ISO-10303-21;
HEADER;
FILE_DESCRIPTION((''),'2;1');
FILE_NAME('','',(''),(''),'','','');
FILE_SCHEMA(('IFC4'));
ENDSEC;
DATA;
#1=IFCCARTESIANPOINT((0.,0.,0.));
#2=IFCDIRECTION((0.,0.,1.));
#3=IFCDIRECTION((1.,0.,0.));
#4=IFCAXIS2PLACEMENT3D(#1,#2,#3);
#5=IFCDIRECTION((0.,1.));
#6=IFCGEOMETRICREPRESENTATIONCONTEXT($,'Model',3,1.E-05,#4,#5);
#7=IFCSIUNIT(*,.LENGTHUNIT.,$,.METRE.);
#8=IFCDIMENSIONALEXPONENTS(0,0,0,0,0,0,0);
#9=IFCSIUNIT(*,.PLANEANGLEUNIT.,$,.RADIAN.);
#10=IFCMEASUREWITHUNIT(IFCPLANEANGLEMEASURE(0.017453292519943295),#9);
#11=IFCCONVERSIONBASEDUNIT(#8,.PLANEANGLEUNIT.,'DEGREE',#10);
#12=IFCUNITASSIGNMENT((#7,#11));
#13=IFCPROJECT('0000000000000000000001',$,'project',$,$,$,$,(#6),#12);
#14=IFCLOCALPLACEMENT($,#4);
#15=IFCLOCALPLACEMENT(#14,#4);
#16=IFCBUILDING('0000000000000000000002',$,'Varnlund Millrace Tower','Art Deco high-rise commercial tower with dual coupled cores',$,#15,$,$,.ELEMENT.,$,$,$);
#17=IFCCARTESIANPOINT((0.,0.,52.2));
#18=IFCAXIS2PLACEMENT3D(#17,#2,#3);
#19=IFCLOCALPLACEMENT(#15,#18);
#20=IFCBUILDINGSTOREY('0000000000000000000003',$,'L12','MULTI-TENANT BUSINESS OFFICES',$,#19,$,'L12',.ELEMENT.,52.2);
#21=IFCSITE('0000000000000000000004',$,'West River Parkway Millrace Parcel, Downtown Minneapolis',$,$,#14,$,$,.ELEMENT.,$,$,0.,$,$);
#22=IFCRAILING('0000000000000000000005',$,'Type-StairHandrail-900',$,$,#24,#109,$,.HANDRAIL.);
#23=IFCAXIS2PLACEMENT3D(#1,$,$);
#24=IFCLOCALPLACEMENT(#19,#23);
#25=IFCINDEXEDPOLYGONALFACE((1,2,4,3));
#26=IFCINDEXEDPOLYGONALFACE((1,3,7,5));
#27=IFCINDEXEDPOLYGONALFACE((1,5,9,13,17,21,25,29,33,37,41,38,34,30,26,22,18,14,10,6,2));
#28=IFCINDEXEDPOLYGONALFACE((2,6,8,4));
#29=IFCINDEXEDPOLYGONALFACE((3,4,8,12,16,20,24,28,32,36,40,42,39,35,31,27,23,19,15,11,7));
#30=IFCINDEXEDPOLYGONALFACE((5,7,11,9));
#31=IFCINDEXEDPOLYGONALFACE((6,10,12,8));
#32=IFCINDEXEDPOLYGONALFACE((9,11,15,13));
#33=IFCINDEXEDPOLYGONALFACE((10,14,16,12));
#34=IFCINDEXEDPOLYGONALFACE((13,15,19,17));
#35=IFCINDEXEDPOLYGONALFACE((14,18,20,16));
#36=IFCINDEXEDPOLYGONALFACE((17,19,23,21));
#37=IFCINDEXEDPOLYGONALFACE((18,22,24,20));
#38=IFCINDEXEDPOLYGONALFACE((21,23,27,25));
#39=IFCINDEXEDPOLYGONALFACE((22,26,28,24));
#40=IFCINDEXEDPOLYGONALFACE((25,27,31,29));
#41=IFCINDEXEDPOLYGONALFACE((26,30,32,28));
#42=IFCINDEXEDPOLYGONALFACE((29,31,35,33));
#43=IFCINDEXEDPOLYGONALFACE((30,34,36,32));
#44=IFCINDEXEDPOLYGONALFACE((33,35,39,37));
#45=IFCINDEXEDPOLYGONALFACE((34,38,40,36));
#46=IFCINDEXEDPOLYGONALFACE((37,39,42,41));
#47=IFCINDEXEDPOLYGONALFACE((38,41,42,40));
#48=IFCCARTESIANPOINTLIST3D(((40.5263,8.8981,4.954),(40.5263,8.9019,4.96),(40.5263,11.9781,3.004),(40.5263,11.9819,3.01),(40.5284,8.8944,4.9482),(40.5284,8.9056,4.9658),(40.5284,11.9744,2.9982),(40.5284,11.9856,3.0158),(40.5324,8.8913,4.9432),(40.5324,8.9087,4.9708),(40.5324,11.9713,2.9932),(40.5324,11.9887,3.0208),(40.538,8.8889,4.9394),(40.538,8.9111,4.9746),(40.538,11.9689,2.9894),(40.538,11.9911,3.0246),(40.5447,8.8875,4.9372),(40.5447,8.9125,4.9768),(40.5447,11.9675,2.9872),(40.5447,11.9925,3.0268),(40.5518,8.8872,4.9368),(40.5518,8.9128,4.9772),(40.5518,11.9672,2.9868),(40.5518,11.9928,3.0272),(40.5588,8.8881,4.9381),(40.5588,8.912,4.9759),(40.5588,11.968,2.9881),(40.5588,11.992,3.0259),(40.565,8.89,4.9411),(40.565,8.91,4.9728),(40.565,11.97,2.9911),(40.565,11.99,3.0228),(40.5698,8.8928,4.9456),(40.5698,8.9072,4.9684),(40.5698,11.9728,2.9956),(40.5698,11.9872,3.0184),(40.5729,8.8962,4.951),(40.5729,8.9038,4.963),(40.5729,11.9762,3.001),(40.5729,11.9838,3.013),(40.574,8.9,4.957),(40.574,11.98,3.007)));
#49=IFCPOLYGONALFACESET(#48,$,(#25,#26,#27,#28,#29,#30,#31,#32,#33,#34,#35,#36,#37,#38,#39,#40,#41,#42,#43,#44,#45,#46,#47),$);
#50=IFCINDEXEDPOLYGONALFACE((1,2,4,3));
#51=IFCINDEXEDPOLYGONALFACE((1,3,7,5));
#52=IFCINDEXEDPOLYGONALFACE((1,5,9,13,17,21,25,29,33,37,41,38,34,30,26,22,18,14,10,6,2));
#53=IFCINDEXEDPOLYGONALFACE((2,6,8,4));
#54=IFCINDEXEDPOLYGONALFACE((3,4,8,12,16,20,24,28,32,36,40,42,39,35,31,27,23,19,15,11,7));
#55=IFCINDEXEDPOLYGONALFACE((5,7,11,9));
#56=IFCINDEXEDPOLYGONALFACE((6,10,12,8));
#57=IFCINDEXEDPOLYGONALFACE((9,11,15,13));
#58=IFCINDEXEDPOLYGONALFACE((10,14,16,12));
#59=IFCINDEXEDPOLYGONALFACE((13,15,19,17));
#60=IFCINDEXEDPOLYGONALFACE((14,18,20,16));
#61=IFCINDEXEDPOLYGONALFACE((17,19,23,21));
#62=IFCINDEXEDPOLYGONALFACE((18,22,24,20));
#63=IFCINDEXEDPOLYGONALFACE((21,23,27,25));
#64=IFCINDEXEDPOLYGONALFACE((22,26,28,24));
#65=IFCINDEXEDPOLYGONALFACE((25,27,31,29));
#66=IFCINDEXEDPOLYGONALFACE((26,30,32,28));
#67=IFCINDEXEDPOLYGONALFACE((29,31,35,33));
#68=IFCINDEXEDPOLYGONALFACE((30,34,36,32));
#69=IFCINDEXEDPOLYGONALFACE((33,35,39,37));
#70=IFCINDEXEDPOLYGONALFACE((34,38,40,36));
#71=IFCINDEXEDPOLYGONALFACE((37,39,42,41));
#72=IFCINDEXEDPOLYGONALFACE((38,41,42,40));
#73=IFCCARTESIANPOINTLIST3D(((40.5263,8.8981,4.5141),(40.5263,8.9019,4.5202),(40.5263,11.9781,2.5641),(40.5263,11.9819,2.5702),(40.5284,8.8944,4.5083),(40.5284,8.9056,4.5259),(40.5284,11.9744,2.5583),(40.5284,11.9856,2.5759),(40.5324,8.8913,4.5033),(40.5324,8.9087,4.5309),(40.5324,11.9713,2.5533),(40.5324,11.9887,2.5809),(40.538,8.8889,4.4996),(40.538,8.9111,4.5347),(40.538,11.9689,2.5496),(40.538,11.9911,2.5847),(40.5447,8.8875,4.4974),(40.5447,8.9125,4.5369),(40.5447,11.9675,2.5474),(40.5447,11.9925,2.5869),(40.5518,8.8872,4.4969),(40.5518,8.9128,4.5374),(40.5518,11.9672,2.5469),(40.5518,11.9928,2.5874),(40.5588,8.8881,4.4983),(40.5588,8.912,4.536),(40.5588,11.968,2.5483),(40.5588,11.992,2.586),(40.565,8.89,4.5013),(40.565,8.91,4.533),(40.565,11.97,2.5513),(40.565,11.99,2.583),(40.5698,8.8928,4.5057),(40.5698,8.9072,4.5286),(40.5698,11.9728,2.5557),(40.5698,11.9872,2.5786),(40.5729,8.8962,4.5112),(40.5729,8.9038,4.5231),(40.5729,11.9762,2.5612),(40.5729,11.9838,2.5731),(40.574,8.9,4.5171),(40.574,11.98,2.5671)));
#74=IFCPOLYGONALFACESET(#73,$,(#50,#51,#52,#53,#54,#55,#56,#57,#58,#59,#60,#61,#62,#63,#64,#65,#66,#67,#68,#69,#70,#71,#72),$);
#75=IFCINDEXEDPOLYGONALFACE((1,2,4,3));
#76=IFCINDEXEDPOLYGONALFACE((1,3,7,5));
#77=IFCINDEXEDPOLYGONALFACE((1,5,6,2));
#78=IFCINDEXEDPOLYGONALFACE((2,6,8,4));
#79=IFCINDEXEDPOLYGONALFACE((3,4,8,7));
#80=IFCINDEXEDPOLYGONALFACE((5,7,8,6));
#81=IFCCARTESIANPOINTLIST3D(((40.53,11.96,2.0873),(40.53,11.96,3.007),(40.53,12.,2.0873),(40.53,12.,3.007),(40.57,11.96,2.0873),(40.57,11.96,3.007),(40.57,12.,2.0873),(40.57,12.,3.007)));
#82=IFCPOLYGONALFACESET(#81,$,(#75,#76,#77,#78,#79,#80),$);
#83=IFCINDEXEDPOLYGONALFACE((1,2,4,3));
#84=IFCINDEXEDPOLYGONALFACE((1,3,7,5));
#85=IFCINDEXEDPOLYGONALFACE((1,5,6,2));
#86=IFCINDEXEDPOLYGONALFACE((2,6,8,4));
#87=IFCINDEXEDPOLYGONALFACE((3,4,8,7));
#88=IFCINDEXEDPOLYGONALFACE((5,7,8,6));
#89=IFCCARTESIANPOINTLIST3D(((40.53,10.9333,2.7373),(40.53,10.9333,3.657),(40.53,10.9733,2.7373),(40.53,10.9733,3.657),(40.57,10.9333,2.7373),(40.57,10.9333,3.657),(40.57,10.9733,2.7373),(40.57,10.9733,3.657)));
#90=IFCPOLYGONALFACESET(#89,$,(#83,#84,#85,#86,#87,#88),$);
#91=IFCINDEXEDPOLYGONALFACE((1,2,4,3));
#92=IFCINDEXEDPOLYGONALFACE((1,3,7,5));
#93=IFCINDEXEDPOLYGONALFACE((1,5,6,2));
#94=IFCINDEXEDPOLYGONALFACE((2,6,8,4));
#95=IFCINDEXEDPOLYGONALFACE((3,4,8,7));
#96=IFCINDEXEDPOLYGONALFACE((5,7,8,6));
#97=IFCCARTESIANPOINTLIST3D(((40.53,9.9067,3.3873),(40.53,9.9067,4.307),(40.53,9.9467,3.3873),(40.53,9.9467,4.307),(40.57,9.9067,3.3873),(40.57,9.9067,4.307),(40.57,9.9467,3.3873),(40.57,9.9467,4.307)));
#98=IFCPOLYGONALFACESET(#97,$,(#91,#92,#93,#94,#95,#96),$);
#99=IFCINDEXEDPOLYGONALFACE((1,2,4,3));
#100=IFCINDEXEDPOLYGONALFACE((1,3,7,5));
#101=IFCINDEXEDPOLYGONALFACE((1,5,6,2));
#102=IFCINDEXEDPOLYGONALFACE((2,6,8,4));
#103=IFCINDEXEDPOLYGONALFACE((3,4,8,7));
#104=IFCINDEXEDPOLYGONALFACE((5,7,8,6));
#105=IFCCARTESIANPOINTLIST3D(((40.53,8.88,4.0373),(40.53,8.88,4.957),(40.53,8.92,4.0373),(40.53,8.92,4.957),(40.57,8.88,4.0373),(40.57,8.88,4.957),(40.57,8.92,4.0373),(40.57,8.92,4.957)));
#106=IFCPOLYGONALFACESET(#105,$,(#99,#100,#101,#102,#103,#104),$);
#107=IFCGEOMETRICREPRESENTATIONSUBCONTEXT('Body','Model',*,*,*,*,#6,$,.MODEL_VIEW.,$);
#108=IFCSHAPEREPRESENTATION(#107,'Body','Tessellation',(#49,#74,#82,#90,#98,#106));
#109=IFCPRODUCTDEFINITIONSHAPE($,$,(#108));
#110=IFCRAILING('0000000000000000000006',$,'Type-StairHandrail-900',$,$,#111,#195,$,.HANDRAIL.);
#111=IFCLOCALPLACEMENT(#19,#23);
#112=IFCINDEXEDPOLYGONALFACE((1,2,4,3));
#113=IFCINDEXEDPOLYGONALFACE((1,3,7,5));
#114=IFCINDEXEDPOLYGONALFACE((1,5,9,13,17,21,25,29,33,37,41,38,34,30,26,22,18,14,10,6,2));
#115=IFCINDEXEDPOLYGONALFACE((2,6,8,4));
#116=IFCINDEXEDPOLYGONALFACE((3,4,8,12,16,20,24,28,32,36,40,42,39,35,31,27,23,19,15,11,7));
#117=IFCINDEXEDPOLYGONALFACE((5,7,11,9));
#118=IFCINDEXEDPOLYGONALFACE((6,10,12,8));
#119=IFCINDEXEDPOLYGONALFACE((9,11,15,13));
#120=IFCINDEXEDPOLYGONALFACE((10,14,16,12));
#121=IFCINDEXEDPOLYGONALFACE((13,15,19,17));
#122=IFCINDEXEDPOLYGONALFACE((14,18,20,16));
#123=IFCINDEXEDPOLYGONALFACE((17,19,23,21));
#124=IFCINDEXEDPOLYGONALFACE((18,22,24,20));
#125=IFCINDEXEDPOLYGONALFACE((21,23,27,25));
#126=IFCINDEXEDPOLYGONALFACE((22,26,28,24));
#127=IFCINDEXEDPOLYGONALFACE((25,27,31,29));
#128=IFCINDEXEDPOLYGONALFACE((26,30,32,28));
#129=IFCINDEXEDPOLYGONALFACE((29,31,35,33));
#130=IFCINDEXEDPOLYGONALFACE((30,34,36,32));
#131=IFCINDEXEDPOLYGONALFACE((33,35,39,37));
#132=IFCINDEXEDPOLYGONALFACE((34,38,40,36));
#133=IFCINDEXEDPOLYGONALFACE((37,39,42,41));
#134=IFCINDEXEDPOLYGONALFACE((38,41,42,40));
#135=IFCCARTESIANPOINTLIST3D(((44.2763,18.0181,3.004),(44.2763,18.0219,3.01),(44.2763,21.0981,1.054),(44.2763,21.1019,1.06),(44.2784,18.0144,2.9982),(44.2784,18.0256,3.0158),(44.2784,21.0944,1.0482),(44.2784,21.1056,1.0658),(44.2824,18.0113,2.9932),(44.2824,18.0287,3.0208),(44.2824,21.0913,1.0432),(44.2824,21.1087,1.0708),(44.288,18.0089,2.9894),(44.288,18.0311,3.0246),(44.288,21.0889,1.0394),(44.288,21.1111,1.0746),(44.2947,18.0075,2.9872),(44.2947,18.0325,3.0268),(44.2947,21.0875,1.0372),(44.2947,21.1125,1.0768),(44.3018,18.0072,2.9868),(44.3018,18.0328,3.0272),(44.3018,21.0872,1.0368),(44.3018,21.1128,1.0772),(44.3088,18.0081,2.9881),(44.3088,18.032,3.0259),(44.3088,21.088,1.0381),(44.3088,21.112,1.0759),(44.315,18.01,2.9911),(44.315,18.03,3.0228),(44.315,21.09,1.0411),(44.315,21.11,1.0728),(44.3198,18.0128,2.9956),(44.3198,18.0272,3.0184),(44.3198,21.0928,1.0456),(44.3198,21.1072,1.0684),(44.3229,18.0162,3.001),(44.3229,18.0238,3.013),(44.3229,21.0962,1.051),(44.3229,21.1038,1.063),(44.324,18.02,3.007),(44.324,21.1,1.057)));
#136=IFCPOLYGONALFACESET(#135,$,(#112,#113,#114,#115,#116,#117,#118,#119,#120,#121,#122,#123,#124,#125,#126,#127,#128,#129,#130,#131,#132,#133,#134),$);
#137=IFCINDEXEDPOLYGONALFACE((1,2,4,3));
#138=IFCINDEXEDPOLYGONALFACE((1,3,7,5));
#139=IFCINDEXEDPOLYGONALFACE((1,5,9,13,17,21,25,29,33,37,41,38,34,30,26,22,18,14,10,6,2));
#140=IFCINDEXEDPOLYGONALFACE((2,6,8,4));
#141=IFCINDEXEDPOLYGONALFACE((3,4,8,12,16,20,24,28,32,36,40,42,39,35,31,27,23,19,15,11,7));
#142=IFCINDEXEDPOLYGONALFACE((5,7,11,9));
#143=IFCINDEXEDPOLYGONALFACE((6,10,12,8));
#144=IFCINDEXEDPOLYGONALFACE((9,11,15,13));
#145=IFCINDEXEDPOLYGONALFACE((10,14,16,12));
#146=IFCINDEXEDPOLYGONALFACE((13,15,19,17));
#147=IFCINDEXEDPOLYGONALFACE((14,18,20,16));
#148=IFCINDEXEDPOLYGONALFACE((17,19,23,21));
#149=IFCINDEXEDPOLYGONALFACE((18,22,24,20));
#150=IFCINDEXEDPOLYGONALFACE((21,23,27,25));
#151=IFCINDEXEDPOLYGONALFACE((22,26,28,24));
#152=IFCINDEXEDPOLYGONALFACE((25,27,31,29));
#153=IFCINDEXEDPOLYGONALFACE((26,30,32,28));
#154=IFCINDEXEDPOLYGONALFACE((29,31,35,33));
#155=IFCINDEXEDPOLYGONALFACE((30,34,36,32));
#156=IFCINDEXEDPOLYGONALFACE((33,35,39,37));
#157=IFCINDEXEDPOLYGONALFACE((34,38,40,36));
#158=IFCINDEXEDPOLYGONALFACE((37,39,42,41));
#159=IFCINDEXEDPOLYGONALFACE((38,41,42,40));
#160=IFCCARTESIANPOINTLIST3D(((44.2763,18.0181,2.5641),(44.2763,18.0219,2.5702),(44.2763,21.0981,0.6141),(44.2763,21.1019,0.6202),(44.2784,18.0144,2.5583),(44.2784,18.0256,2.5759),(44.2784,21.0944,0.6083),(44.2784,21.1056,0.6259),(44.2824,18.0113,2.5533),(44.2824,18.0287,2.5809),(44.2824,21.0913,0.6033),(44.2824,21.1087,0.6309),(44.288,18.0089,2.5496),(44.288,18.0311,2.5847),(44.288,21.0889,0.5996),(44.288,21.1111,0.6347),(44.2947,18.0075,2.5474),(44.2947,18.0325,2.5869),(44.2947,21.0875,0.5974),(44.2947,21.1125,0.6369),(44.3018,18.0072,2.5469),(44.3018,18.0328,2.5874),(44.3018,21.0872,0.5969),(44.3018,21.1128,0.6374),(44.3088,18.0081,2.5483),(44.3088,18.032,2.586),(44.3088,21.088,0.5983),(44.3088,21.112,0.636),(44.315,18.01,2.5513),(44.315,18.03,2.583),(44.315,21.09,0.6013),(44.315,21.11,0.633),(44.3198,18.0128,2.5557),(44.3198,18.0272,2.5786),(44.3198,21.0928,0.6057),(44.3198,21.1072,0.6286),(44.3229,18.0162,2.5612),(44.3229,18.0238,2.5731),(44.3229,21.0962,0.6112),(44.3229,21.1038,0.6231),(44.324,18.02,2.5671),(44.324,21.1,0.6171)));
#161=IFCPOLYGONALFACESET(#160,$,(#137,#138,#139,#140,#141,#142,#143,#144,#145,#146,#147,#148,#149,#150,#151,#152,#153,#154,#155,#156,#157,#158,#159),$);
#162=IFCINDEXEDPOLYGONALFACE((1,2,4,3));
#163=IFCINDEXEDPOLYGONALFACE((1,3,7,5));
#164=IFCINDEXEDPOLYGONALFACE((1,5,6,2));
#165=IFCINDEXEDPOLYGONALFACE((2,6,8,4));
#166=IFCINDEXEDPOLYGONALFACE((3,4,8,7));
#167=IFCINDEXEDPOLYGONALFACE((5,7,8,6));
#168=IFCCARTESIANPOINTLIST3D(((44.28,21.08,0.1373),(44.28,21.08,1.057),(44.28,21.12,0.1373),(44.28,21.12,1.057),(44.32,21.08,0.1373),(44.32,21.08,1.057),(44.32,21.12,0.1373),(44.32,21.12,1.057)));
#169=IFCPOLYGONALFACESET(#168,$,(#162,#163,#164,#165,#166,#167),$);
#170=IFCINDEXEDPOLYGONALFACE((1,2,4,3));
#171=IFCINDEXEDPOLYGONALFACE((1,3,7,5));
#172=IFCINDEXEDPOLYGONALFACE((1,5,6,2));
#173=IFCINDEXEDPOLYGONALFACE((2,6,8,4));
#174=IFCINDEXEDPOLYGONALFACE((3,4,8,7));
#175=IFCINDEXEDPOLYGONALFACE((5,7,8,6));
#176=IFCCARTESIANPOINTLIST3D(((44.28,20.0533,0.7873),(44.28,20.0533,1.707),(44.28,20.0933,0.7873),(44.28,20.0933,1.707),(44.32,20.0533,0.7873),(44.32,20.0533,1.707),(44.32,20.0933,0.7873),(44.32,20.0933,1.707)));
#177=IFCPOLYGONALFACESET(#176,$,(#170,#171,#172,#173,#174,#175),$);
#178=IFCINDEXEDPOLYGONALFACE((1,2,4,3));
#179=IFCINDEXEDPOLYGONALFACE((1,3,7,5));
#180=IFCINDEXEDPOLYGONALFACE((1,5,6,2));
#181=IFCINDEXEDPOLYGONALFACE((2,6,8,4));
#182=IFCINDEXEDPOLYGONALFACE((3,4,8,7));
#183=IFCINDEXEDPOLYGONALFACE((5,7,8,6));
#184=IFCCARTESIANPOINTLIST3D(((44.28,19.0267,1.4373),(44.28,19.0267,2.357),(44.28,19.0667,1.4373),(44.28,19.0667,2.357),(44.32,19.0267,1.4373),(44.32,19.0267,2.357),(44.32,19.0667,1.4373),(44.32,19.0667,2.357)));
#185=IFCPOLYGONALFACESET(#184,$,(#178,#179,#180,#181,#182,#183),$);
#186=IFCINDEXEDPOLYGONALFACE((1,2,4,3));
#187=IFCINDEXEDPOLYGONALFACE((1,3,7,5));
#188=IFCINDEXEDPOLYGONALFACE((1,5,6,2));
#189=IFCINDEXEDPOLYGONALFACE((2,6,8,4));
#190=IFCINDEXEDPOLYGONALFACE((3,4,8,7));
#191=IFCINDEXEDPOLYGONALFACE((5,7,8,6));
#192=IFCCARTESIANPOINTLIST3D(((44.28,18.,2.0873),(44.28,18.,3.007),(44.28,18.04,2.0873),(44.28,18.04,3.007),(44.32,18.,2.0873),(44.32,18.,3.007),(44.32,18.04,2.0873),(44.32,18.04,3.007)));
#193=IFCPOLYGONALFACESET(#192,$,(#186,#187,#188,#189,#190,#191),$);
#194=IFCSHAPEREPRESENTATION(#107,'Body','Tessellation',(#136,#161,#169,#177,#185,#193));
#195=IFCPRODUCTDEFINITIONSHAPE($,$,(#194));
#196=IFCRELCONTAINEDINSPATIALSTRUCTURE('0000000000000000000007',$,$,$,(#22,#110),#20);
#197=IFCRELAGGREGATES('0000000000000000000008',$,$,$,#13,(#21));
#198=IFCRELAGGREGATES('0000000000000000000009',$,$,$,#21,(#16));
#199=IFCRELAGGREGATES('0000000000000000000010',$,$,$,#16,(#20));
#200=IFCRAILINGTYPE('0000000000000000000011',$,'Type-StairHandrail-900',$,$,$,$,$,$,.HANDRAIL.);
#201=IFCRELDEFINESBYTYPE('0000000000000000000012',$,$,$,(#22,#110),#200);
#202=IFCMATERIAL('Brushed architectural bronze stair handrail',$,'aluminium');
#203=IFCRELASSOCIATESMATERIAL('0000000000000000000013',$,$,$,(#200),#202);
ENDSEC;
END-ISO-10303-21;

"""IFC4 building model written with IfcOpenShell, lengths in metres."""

from ifc_helpers import new_model, entity, si_unit, converted_unit, direction, frame, origin_with_axes, origin_2d_with_axis, place, context, subcontext, project, spatial, rectangle, circle, extrude, material, type_object, element, save


model = new_model("IFC4")

# Units and contexts
model_context = context("Model", 3, precision=1e-05, world=origin_with_axes(), true_north=direction((0.0, 1.0)))
body_context = subcontext(model_context, "Body", "Model", "MODEL_VIEW")
ifc_project = project(units=[si_unit("LENGTHUNIT", "METRE"), converted_unit("PLANEANGLEUNIT", "DEGREE", entity("IfcPlaneAngleMeasure", 0.017453292519943295), si_unit("PLANEANGLEUNIT", "RADIAN"), dimensions=[0, 0, 0, 0, 0, 0, 0])], contexts=[model_context])

# Site, building, storey
site_placement = place(None, origin_with_axes())
site = spatial("IfcSite", under=ifc_project, at=site_placement, Name="West River Parkway Millrace Parcel, Downtown Minneapolis", CompositionType="ELEMENT", RefElevation=0.0)
building_placement = place(site_placement, origin_with_axes())
building = spatial("IfcBuilding", under=site, at=building_placement, Name="Varnlund Millrace Tower", Description="Art Deco high-rise commercial tower with dual coupled cores", CompositionType="ELEMENT")
storey_placement = place(building_placement, frame((0.0, 0.0, 52.2), z_axis=(0.0, 0.0, 1.0), x_axis=(1.0, 0.0, 0.0)))
storey = spatial("IfcBuildingStorey", under=building, at=storey_placement, Name="L12", Description="MULTI-TENANT BUSINESS OFFICES", LongName="L12", CompositionType="ELEMENT", Elevation=52.2)

# Railings
ifc_material_1 = material(Name="Brushed architectural bronze stair handrail", Category="aluminium")
railing_type_1 = type_object("IfcRailingType", Name="Type-StairHandrail-900", PredefinedType="HANDRAIL", material=ifc_material_1)
railing_1_placement = place(storey_placement, frame((0.0, 0.0, -52.2), z_axis=(0.0, 0.0, 1.0), x_axis=(1.0, 0.0, 0.0)))
element("IfcRailing", 1, at=railing_1_placement, inside=storey, type_object=railing_type_1, Name="Type-StairHandrail-900", PredefinedType="HANDRAIL", context=body_context, shape_type="SweptSolid", body=[
    extrude(circle(Radius=0.024, at=origin_2d_with_axis()), frame((40.55, 11.98, 55.207), z_axis=(0.0, -0.844902, 0.534922), x_axis=(1.0, 0.0, 0.0)), (0.0, 0.0, 1.0), 3.6454),
    extrude(circle(Radius=0.024, at=origin_2d_with_axis()), frame((40.55, 11.98, 54.7671), z_axis=(0.0, -0.844902, 0.534922), x_axis=(1.0, 0.0, 0.0)), (0.0, 0.0, 1.0), 3.6454),
    extrude(rectangle(XDim=0.04, YDim=0.04, at=origin_2d_with_axis()), frame((40.55, 11.98, 54.2873), z_axis=(0.0, 0.0, 1.0), x_axis=(1.0, 0.0, 0.0)), (0.0, 0.0, 1.0), 0.9197),
    extrude(rectangle(XDim=0.04, YDim=0.04, at=origin_2d_with_axis()), frame((40.55, 10.9533, 54.9373), z_axis=(0.0, 0.0, 1.0), x_axis=(1.0, 0.0, 0.0)), (0.0, 0.0, 1.0), 0.9197),
    extrude(rectangle(XDim=0.04, YDim=0.04, at=origin_2d_with_axis()), frame((40.55, 9.9267, 55.5873), z_axis=(0.0, 0.0, 1.0), x_axis=(1.0, 0.0, 0.0)), (0.0, 0.0, 1.0), 0.9197),
    extrude(rectangle(XDim=0.04, YDim=0.04, at=origin_2d_with_axis()), frame((40.55, 8.9, 56.2373), z_axis=(0.0, 0.0, 1.0), x_axis=(1.0, 0.0, 0.0)), (0.0, 0.0, 1.0), 0.9197),
])
railing_2_placement = place(storey_placement, frame((0.0, 0.0, -52.2), z_axis=(0.0, 0.0, 1.0), x_axis=(1.0, 0.0, 0.0)))
element("IfcRailing", 2, at=railing_2_placement, inside=storey, type_object=railing_type_1, Name="Type-StairHandrail-900", PredefinedType="HANDRAIL", context=body_context, shape_type="SweptSolid", body=[
    extrude(circle(Radius=0.024, at=origin_2d_with_axis()), frame((44.3, 21.1, 53.257), z_axis=(0.0, -0.844902, 0.534922), x_axis=(1.0, 0.0, 0.0)), (0.0, 0.0, 1.0), 3.6454),
    extrude(circle(Radius=0.024, at=origin_2d_with_axis()), frame((44.3, 21.1, 52.8171), z_axis=(0.0, -0.844902, 0.534922), x_axis=(1.0, 0.0, 0.0)), (0.0, 0.0, 1.0), 3.6454),
    extrude(rectangle(XDim=0.04, YDim=0.04, at=origin_2d_with_axis()), frame((44.3, 21.1, 52.3373), z_axis=(0.0, 0.0, 1.0), x_axis=(1.0, 0.0, 0.0)), (0.0, 0.0, 1.0), 0.9197),
    extrude(rectangle(XDim=0.04, YDim=0.04, at=origin_2d_with_axis()), frame((44.3, 20.0733, 52.9873), z_axis=(0.0, 0.0, 1.0), x_axis=(1.0, 0.0, 0.0)), (0.0, 0.0, 1.0), 0.9197),
    extrude(rectangle(XDim=0.04, YDim=0.04, at=origin_2d_with_axis()), frame((44.3, 19.0467, 53.6373), z_axis=(0.0, 0.0, 1.0), x_axis=(1.0, 0.0, 0.0)), (0.0, 0.0, 1.0), 0.9197),
    extrude(rectangle(XDim=0.04, YDim=0.04, at=origin_2d_with_axis()), frame((44.3, 18.02, 54.2873), z_axis=(0.0, 0.0, 1.0), x_axis=(1.0, 0.0, 0.0)), (0.0, 0.0, 1.0), 0.9197),
])

save(model, "model.ifc")
